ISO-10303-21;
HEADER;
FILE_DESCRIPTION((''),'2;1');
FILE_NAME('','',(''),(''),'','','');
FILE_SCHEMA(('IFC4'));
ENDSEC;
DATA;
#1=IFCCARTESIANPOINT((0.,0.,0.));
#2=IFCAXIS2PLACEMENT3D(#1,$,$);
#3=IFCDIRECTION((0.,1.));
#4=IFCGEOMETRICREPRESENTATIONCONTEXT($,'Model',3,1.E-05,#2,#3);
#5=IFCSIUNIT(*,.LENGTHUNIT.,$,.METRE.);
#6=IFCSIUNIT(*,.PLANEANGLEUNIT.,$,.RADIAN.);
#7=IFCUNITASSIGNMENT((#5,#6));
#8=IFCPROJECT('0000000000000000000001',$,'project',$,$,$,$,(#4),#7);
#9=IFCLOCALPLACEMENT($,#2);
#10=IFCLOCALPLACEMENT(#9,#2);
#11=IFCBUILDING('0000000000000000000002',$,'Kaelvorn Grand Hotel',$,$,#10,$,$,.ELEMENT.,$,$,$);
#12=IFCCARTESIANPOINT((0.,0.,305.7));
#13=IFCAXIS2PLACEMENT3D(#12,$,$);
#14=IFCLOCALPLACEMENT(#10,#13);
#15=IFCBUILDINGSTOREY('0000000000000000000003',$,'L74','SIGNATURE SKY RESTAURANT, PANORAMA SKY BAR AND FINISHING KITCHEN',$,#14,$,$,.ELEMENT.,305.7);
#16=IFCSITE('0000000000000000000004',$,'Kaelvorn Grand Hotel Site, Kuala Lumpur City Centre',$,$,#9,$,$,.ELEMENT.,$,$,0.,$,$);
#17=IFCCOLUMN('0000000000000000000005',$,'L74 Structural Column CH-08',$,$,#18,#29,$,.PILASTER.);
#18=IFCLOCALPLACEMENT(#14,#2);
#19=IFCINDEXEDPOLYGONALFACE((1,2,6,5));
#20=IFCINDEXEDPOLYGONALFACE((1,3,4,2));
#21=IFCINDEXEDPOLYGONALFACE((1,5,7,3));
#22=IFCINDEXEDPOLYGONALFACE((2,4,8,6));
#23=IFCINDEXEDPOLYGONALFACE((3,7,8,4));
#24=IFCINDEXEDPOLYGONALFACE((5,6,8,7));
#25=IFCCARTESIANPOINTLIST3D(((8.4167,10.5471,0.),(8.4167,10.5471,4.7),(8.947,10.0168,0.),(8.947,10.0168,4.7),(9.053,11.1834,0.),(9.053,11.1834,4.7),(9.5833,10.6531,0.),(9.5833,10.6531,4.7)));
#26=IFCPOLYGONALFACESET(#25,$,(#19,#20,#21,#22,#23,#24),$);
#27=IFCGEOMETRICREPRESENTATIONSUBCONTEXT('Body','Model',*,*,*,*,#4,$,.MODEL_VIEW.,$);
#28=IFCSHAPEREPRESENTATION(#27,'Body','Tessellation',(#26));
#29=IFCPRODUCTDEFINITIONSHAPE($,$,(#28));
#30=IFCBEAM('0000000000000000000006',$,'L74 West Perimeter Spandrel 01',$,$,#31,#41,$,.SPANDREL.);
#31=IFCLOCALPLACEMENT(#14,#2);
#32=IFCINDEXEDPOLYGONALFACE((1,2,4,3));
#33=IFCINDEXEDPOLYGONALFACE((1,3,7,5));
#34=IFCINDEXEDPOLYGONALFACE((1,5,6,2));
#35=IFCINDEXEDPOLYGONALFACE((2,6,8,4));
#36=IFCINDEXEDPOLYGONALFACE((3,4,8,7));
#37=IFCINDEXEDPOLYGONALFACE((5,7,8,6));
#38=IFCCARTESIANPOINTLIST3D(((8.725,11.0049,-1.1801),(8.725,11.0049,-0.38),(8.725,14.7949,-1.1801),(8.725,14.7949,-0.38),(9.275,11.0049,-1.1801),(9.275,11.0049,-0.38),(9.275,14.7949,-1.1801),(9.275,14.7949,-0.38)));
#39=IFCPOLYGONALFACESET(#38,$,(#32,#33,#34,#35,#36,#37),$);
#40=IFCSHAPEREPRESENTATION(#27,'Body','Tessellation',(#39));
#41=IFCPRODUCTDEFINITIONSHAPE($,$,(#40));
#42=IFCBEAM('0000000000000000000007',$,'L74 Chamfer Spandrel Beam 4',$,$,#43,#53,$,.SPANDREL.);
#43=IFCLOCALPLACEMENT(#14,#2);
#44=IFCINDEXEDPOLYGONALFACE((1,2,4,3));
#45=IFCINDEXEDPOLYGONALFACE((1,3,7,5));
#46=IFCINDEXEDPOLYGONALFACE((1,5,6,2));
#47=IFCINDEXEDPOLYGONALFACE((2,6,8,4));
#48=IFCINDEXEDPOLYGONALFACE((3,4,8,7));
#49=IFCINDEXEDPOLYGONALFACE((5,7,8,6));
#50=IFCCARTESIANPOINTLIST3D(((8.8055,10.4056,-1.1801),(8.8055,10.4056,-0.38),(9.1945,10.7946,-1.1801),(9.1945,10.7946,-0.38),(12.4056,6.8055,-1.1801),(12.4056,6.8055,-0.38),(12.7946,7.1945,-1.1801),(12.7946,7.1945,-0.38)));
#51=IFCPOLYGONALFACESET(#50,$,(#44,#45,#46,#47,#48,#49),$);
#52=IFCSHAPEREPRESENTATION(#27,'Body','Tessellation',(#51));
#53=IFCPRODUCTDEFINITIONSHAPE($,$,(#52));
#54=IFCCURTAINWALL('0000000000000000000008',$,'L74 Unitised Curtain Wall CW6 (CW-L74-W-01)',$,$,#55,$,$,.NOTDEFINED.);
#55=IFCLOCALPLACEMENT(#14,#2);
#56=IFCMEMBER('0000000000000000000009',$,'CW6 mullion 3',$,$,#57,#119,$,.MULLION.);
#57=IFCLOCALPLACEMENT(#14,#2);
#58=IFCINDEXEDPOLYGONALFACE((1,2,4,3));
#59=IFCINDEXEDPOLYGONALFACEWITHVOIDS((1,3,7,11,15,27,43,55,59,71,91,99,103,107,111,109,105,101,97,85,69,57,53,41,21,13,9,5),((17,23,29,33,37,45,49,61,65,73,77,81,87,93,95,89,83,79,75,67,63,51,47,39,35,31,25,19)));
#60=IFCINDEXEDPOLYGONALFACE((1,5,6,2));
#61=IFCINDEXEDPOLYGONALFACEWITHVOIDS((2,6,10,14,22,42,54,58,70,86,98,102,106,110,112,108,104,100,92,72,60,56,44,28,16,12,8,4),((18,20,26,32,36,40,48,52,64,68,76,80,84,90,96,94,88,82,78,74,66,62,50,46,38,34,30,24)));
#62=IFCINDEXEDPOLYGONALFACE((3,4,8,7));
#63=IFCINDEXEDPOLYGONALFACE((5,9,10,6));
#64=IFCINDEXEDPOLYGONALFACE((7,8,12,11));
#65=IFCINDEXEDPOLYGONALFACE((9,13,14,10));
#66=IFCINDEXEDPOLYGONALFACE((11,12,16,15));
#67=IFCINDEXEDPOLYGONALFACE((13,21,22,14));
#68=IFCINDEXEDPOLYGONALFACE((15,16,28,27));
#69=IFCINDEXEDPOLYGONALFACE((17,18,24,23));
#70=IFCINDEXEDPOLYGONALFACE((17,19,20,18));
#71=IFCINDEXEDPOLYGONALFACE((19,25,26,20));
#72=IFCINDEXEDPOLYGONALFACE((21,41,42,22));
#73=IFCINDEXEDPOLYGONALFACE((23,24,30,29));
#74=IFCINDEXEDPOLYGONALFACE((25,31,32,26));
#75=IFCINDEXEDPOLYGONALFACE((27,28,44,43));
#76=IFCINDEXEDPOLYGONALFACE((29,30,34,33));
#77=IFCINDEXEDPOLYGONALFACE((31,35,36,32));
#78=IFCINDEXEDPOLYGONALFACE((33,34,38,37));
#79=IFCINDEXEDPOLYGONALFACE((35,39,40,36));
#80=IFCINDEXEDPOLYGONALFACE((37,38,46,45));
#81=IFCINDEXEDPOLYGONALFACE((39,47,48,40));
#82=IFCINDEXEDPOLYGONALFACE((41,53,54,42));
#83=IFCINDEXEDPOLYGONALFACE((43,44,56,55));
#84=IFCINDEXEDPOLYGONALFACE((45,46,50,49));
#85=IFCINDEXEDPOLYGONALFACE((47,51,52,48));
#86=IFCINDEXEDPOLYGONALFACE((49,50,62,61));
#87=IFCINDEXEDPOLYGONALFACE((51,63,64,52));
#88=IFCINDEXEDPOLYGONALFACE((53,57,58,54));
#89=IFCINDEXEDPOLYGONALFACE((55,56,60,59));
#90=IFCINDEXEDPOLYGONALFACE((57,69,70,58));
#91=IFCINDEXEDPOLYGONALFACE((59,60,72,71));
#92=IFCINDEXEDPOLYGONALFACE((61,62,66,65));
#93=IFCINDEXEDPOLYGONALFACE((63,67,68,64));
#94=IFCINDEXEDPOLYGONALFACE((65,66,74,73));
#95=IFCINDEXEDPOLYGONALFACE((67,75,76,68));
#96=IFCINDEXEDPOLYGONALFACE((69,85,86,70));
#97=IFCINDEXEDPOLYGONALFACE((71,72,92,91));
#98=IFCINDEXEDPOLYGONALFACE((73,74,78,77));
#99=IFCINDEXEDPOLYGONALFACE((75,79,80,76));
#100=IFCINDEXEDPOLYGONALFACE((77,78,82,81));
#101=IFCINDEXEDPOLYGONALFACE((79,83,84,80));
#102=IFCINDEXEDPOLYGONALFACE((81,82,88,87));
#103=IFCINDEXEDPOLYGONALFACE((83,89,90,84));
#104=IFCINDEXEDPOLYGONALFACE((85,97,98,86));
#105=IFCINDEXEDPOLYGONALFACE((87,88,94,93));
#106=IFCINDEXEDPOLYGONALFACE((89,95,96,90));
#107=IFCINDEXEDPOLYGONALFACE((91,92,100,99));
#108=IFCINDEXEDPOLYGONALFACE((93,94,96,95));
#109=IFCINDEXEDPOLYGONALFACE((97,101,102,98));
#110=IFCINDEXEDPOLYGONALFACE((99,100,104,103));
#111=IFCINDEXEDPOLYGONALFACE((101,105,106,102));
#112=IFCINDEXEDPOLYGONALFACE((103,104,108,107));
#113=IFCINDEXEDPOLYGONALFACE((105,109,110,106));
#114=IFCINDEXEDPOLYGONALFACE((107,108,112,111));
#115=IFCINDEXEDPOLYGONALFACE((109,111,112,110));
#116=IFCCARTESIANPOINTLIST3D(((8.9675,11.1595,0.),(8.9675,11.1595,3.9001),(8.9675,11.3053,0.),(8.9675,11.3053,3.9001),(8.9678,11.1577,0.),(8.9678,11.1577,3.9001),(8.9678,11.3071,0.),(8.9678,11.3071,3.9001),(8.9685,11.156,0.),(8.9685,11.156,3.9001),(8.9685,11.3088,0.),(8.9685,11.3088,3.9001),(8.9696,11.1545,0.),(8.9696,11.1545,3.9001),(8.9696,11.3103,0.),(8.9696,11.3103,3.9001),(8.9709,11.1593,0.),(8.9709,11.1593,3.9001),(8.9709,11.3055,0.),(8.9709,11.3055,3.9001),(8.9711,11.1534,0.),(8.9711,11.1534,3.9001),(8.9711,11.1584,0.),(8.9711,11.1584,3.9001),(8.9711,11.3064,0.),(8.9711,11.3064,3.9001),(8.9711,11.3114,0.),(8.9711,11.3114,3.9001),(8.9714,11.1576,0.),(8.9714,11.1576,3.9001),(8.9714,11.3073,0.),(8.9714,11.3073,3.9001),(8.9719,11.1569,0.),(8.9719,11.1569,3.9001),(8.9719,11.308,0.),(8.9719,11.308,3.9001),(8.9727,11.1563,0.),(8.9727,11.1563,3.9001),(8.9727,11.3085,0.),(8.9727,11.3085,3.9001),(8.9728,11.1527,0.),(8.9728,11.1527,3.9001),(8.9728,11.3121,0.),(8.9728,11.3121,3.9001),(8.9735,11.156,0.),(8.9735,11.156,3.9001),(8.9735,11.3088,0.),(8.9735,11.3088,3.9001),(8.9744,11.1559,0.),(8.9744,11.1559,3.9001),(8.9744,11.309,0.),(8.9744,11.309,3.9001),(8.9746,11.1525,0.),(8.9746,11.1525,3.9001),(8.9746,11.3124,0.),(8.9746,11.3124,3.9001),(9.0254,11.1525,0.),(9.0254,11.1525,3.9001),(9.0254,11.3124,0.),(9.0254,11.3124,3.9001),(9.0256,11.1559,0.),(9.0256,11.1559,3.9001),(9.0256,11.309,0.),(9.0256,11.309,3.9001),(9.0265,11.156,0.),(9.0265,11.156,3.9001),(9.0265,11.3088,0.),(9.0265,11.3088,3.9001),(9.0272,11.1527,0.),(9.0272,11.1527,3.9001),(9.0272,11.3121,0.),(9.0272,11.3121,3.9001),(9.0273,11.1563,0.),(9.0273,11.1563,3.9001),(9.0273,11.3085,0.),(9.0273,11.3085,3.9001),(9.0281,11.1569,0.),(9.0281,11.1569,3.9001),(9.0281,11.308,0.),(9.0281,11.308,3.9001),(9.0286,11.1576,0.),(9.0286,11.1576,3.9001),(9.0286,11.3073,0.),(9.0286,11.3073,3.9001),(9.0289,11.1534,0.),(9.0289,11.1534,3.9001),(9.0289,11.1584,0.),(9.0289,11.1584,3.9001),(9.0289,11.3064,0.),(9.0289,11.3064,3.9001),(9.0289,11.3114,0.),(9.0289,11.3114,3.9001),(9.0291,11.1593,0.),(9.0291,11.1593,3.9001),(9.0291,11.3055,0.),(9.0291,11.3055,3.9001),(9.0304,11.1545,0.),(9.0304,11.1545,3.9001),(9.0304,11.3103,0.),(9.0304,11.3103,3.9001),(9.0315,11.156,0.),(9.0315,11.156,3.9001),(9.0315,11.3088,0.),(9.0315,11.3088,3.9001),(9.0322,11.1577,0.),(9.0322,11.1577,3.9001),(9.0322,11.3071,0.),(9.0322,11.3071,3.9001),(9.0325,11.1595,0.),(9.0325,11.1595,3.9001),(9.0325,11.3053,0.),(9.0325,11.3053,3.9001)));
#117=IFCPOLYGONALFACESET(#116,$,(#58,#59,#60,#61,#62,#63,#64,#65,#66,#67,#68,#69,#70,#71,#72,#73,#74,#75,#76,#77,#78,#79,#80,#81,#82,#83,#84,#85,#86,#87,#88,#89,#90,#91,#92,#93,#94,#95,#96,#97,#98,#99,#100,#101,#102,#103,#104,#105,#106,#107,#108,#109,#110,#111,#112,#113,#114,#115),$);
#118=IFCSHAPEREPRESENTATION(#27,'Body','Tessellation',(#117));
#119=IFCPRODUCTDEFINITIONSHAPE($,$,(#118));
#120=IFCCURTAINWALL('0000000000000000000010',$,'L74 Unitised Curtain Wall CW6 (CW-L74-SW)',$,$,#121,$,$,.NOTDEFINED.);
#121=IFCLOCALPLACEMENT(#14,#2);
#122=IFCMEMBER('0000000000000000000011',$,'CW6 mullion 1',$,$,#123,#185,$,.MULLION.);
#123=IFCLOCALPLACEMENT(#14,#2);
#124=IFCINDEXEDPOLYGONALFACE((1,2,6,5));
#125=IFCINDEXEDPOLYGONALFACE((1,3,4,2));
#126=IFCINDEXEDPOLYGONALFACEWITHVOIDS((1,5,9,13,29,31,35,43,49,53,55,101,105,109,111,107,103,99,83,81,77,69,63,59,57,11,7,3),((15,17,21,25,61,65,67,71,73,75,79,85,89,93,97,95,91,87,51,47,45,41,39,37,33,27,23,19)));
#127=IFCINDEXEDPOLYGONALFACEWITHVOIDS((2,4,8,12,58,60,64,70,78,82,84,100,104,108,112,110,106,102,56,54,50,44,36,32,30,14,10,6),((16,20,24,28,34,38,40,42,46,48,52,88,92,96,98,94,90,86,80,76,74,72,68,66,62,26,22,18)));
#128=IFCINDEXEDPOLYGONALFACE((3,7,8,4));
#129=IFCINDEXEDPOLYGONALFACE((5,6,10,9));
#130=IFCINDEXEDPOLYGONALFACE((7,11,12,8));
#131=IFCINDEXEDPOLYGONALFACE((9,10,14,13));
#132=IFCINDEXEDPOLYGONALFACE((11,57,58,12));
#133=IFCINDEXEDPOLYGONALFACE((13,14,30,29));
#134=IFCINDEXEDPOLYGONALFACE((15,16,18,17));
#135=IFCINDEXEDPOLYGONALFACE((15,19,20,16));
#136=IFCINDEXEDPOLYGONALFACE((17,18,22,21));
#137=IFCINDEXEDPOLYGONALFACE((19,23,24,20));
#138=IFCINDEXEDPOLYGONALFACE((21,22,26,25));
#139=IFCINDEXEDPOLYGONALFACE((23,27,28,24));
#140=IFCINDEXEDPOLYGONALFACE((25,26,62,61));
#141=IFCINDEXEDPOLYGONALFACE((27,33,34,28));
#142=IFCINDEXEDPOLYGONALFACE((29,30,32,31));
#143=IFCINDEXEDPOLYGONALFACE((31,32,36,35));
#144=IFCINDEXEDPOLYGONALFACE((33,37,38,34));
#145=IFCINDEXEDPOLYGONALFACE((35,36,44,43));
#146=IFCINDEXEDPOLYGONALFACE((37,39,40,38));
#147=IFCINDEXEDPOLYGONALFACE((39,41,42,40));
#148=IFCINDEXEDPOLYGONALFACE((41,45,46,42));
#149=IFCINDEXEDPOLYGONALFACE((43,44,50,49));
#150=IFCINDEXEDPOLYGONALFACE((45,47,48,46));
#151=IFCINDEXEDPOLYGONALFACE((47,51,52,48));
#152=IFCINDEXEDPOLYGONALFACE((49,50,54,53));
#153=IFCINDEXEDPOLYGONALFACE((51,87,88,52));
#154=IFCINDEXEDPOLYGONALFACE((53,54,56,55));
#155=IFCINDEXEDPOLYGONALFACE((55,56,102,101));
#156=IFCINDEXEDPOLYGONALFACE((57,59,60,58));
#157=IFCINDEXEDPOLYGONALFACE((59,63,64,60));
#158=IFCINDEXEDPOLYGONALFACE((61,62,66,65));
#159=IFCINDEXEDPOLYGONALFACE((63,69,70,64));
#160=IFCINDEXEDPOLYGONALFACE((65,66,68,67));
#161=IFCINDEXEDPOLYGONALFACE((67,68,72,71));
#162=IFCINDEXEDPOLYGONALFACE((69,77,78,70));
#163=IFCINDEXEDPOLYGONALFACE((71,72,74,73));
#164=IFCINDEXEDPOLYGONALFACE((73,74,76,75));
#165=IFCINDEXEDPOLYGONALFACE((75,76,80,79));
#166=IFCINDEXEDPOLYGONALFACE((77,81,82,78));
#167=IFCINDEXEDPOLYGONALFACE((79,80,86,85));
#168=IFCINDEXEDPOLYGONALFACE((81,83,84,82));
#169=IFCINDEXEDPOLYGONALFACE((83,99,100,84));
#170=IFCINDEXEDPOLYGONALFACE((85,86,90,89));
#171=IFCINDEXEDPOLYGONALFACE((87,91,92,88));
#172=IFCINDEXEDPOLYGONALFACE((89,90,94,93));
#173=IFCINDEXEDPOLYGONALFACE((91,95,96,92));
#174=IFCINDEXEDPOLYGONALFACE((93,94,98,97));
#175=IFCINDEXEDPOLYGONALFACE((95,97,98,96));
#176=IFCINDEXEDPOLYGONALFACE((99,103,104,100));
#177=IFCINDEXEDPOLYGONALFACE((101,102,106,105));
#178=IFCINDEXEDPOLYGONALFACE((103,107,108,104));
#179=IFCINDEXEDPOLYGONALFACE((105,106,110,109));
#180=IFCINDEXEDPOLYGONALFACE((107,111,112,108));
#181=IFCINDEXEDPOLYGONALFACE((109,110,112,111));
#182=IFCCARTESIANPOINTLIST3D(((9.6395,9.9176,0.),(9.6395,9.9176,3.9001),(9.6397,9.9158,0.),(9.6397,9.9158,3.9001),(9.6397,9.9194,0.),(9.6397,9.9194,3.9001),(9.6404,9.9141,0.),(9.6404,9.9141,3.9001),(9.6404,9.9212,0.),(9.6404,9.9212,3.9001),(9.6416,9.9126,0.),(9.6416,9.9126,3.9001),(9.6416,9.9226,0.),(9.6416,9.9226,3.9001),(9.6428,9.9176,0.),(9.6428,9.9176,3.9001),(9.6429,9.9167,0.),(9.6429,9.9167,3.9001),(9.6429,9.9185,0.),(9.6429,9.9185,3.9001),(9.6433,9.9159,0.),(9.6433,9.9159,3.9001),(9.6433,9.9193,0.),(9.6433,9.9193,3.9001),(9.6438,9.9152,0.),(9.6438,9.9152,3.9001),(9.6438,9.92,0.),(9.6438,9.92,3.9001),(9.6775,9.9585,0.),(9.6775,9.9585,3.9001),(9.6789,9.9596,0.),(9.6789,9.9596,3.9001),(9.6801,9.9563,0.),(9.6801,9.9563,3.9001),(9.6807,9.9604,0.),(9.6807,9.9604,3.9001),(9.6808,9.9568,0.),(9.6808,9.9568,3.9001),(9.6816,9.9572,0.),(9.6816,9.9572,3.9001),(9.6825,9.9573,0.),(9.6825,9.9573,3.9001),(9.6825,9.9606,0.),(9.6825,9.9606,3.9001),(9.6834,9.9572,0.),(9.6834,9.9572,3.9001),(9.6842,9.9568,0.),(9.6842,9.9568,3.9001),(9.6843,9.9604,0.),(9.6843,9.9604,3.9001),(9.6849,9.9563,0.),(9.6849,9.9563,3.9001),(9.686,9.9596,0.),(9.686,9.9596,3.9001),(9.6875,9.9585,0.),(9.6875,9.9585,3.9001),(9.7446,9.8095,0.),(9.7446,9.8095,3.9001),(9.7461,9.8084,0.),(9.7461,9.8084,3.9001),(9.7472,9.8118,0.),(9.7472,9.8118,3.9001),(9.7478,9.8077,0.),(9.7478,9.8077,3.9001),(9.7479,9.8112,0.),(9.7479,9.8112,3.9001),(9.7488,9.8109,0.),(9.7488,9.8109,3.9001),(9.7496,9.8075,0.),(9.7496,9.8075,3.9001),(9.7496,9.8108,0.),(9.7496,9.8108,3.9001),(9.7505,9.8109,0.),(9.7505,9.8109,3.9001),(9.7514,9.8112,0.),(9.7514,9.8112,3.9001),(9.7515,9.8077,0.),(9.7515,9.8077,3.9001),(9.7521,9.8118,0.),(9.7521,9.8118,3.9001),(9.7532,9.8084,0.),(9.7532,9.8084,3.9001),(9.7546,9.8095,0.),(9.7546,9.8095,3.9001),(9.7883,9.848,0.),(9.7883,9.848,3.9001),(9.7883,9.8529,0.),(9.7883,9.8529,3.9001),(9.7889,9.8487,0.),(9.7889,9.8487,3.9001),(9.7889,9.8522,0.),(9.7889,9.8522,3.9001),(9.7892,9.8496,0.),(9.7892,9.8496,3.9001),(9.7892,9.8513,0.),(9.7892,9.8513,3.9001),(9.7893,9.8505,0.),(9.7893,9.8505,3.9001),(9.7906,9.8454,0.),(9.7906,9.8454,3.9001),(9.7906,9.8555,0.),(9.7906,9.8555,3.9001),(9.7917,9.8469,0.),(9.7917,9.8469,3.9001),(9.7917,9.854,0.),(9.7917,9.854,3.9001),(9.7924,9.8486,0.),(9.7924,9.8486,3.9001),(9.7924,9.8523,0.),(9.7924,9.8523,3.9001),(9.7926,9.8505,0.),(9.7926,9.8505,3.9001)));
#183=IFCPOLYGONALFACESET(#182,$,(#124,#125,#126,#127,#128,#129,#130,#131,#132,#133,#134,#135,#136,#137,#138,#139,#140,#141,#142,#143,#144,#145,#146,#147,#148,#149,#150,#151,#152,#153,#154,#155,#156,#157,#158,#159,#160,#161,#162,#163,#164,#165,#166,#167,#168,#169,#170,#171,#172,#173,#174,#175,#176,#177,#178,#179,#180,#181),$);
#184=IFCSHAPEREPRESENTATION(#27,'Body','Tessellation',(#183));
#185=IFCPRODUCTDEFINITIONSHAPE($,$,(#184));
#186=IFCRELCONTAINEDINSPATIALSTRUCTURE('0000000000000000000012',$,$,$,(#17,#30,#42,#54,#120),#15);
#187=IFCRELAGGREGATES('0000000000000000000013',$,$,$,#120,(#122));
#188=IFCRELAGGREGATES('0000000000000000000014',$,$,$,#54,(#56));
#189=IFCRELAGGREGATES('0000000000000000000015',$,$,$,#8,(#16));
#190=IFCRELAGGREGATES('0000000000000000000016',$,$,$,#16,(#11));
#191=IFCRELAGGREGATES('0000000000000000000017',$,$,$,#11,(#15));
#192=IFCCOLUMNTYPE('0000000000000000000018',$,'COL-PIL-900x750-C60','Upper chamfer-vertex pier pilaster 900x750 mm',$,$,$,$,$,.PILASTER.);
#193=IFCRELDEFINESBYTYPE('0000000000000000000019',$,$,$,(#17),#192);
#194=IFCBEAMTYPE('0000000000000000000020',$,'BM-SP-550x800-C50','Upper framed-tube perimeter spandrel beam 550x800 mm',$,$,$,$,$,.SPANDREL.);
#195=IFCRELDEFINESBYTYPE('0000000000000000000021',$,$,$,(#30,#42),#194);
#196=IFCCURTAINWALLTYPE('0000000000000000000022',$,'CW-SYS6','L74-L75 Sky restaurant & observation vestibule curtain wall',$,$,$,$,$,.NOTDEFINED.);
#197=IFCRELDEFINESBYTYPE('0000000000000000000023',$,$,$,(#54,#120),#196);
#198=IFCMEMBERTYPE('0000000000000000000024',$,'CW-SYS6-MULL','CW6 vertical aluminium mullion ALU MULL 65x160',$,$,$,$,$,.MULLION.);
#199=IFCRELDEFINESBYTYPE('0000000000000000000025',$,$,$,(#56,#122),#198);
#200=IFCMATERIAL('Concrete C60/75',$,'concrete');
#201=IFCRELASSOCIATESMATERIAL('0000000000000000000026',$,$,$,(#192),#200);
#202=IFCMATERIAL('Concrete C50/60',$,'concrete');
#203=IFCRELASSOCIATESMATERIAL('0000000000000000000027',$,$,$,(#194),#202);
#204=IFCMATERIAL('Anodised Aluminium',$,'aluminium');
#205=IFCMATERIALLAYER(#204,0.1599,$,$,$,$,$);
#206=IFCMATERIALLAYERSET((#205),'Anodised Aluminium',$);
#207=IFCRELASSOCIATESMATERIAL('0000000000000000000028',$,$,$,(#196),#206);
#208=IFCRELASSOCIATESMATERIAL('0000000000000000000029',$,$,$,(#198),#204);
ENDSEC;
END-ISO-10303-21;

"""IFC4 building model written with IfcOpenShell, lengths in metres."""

from ifc_helpers import new_model, si_unit, direction, frame, origin, origin_2d, place, context, subcontext, project, spatial, rectangle, hollow_rectangle, extrude, material, layer, layer_set, material_profile, profile_set, type_object, element, aggregate, save


model = new_model("IFC4")

# Units and contexts
model_context = context("Model", 3, precision=1e-05, world=origin(), true_north=direction((0.0, 1.0)))
body_context = subcontext(model_context, "Body", "Model", "MODEL_VIEW")
ifc_project = project(units=[si_unit("LENGTHUNIT", "METRE"), si_unit("PLANEANGLEUNIT", "RADIAN")], contexts=[model_context])

# Site, building, storey
site_placement = place(None, origin())
site = spatial("IfcSite", under=ifc_project, at=site_placement, Name="Kaelvorn Grand Hotel Site, Kuala Lumpur City Centre", CompositionType="ELEMENT", RefElevation=0.0)
building_placement = place(site_placement, origin())
building = spatial("IfcBuilding", under=site, at=building_placement, Name="Kaelvorn Grand Hotel", CompositionType="ELEMENT")
storey_placement = place(building_placement, frame((0.0, 0.0, 305.7)))
storey = spatial("IfcBuildingStorey", under=building, at=storey_placement, Name="L74", Description="SIGNATURE SKY RESTAURANT, PANORAMA SKY BAR AND FINISHING KITCHEN", CompositionType="ELEMENT", Elevation=305.7)

# Column
ifc_material_1 = material(Name="Concrete C60/75", Category="concrete")
ifc_material_profile_1 = material_profile(ifc_material_1, rectangle(XDim=0.8999, YDim=0.75, at=origin_2d()), Name="RC PILASTER 900x750")
ifc_profile_set_1 = profile_set([ifc_material_profile_1], Name="Concrete C60/75")
column_type = type_object("IfcColumnType", Name="COL-PIL-900x750-C60", Description="Upper chamfer-vertex pier pilaster 900x750 mm", PredefinedType="PILASTER", material=ifc_profile_set_1)
column_placement = place(storey_placement, frame((9.0, 10.6001, 0.0), z_axis=(0.0, 0.0, 1.0), x_axis=(0.707107, 0.707107, 0.0)))
element("IfcColumn", 1, at=column_placement, inside=storey, type_object=column_type, Name="L74 Structural Column CH-08", PredefinedType="PILASTER", context=body_context, shape_type="SweptSolid", body=[
    extrude(rectangle(XDim=0.8999, YDim=0.75, at=origin_2d()), origin(), (0.0, 0.0, 1.0), 4.7),
])

# Beams
ifc_material_2 = material(Name="Concrete C50/60", Category="concrete")
ifc_material_profile_2 = material_profile(ifc_material_2, rectangle(XDim=0.55, YDim=0.8, at=origin_2d()), Name="RC SPANDREL 550x800")
ifc_profile_set_2 = profile_set([ifc_material_profile_2], Name="Concrete C50/60")
beam_type = type_object("IfcBeamType", Name="BM-SP-550x800-C50", Description="Upper framed-tube perimeter spandrel beam 550x800 mm", PredefinedType="SPANDREL", material=ifc_profile_set_2)
beam_1_placement = place(storey_placement, frame((9.0, 11.0049, -0.78), z_axis=(0.0, 1.0, 0.0), x_axis=(-1.0, 0.0, 0.0)))
element("IfcBeam", 2, at=beam_1_placement, inside=storey, type_object=beam_type, Name="L74 West Perimeter Spandrel 01", PredefinedType="SPANDREL", context=body_context, shape_type="SweptSolid", body=[
    extrude(rectangle(XDim=0.55, YDim=0.8, at=origin_2d()), origin(), (0.0, 0.0, 1.0), 3.79),
])
beam_2_placement = place(storey_placement, frame((9.0, 10.6001, -0.78), z_axis=(0.707107, -0.707107, 0.0), x_axis=(0.707107, 0.707107, 0.0)))
element("IfcBeam", 3, at=beam_2_placement, inside=storey, type_object=beam_type, Name="L74 Chamfer Spandrel Beam 4", PredefinedType="SPANDREL", context=body_context, shape_type="SweptSolid", body=[
    extrude(rectangle(XDim=0.55, YDim=0.8, at=origin_2d()), origin(), (0.0, 0.0, 1.0), 5.0913),
])

# Curtain walls, members
ifc_material_3 = material(Name="Anodised Aluminium", Category="aluminium")
ifc_layer_1 = layer(ifc_material_3, 0.1599)
ifc_layer_set_1 = layer_set([ifc_layer_1], Name="Anodised Aluminium")
curtain_wall_type = type_object("IfcCurtainWallType", Name="CW-SYS6", Description="L74-L75 Sky restaurant & observation vestibule curtain wall", PredefinedType="NOTDEFINED", material=ifc_layer_set_1)
curtain_wall_1_placement = place(storey_placement, origin())
curtain_wall_1 = element("IfcCurtainWall", 4, at=curtain_wall_1_placement, inside=storey, type_object=curtain_wall_type, Name="L74 Unitised Curtain Wall CW6 (CW-L74-W-01)", PredefinedType="NOTDEFINED")
ifc_material_profile_3 = material_profile(ifc_material_3, hollow_rectangle(XDim=0.0649, YDim=0.1599, WallThickness=0.0034, InnerFilletRadius=0.0034, OuterFilletRadius=0.0071, at=origin_2d()), Name="ALU MULL 65x160")
ifc_profile_set_3 = profile_set([ifc_material_profile_3], Name="Anodised Aluminium")
member_type_1 = type_object("IfcMemberType", Name="CW-SYS6-MULL", Description="CW6 vertical aluminium mullion ALU MULL 65x160", PredefinedType="MULLION", material=ifc_profile_set_3)
member_1_placement = place(storey_placement, frame((9.0, 11.2324, 0.0), z_axis=(0.0, 0.0, 1.0), x_axis=(1.0, 0.0, 0.0)))
member_1 = element("IfcMember", 5, at=member_1_placement, type_object=member_type_1, Name="CW6 mullion 3", PredefinedType="MULLION", context=body_context, shape_type="SweptSolid", body=[
    extrude(hollow_rectangle(XDim=0.0649, YDim=0.1599, WallThickness=0.0034, InnerFilletRadius=0.0034, OuterFilletRadius=0.0071, at=origin_2d()), origin(), (0.0, 0.0, 1.0), 3.9001),
])
curtain_wall_2_placement = place(storey_placement, origin())
curtain_wall_2 = element("IfcCurtainWall", 6, at=curtain_wall_2_placement, inside=storey, type_object=curtain_wall_type, Name="L74 Unitised Curtain Wall CW6 (CW-L74-SW)", PredefinedType="NOTDEFINED")
member_2_placement = place(storey_placement, frame((9.7161, 9.884, 0.0), z_axis=(0.0, 0.0, 1.0), x_axis=(0.707107, 0.707107, 0.0)))
member_2 = element("IfcMember", 7, at=member_2_placement, type_object=member_type_1, Name="CW6 mullion 1", PredefinedType="MULLION", context=body_context, shape_type="SweptSolid", body=[
    extrude(hollow_rectangle(XDim=0.0649, YDim=0.1599, WallThickness=0.0034, InnerFilletRadius=0.0034, OuterFilletRadius=0.0071, at=origin_2d()), origin(), (0.0, 0.0, 1.0), 3.9001),
])

aggregate(curtain_wall_2, [member_2])

aggregate(curtain_wall_1, [member_1])

save(model, "model.ifc")
